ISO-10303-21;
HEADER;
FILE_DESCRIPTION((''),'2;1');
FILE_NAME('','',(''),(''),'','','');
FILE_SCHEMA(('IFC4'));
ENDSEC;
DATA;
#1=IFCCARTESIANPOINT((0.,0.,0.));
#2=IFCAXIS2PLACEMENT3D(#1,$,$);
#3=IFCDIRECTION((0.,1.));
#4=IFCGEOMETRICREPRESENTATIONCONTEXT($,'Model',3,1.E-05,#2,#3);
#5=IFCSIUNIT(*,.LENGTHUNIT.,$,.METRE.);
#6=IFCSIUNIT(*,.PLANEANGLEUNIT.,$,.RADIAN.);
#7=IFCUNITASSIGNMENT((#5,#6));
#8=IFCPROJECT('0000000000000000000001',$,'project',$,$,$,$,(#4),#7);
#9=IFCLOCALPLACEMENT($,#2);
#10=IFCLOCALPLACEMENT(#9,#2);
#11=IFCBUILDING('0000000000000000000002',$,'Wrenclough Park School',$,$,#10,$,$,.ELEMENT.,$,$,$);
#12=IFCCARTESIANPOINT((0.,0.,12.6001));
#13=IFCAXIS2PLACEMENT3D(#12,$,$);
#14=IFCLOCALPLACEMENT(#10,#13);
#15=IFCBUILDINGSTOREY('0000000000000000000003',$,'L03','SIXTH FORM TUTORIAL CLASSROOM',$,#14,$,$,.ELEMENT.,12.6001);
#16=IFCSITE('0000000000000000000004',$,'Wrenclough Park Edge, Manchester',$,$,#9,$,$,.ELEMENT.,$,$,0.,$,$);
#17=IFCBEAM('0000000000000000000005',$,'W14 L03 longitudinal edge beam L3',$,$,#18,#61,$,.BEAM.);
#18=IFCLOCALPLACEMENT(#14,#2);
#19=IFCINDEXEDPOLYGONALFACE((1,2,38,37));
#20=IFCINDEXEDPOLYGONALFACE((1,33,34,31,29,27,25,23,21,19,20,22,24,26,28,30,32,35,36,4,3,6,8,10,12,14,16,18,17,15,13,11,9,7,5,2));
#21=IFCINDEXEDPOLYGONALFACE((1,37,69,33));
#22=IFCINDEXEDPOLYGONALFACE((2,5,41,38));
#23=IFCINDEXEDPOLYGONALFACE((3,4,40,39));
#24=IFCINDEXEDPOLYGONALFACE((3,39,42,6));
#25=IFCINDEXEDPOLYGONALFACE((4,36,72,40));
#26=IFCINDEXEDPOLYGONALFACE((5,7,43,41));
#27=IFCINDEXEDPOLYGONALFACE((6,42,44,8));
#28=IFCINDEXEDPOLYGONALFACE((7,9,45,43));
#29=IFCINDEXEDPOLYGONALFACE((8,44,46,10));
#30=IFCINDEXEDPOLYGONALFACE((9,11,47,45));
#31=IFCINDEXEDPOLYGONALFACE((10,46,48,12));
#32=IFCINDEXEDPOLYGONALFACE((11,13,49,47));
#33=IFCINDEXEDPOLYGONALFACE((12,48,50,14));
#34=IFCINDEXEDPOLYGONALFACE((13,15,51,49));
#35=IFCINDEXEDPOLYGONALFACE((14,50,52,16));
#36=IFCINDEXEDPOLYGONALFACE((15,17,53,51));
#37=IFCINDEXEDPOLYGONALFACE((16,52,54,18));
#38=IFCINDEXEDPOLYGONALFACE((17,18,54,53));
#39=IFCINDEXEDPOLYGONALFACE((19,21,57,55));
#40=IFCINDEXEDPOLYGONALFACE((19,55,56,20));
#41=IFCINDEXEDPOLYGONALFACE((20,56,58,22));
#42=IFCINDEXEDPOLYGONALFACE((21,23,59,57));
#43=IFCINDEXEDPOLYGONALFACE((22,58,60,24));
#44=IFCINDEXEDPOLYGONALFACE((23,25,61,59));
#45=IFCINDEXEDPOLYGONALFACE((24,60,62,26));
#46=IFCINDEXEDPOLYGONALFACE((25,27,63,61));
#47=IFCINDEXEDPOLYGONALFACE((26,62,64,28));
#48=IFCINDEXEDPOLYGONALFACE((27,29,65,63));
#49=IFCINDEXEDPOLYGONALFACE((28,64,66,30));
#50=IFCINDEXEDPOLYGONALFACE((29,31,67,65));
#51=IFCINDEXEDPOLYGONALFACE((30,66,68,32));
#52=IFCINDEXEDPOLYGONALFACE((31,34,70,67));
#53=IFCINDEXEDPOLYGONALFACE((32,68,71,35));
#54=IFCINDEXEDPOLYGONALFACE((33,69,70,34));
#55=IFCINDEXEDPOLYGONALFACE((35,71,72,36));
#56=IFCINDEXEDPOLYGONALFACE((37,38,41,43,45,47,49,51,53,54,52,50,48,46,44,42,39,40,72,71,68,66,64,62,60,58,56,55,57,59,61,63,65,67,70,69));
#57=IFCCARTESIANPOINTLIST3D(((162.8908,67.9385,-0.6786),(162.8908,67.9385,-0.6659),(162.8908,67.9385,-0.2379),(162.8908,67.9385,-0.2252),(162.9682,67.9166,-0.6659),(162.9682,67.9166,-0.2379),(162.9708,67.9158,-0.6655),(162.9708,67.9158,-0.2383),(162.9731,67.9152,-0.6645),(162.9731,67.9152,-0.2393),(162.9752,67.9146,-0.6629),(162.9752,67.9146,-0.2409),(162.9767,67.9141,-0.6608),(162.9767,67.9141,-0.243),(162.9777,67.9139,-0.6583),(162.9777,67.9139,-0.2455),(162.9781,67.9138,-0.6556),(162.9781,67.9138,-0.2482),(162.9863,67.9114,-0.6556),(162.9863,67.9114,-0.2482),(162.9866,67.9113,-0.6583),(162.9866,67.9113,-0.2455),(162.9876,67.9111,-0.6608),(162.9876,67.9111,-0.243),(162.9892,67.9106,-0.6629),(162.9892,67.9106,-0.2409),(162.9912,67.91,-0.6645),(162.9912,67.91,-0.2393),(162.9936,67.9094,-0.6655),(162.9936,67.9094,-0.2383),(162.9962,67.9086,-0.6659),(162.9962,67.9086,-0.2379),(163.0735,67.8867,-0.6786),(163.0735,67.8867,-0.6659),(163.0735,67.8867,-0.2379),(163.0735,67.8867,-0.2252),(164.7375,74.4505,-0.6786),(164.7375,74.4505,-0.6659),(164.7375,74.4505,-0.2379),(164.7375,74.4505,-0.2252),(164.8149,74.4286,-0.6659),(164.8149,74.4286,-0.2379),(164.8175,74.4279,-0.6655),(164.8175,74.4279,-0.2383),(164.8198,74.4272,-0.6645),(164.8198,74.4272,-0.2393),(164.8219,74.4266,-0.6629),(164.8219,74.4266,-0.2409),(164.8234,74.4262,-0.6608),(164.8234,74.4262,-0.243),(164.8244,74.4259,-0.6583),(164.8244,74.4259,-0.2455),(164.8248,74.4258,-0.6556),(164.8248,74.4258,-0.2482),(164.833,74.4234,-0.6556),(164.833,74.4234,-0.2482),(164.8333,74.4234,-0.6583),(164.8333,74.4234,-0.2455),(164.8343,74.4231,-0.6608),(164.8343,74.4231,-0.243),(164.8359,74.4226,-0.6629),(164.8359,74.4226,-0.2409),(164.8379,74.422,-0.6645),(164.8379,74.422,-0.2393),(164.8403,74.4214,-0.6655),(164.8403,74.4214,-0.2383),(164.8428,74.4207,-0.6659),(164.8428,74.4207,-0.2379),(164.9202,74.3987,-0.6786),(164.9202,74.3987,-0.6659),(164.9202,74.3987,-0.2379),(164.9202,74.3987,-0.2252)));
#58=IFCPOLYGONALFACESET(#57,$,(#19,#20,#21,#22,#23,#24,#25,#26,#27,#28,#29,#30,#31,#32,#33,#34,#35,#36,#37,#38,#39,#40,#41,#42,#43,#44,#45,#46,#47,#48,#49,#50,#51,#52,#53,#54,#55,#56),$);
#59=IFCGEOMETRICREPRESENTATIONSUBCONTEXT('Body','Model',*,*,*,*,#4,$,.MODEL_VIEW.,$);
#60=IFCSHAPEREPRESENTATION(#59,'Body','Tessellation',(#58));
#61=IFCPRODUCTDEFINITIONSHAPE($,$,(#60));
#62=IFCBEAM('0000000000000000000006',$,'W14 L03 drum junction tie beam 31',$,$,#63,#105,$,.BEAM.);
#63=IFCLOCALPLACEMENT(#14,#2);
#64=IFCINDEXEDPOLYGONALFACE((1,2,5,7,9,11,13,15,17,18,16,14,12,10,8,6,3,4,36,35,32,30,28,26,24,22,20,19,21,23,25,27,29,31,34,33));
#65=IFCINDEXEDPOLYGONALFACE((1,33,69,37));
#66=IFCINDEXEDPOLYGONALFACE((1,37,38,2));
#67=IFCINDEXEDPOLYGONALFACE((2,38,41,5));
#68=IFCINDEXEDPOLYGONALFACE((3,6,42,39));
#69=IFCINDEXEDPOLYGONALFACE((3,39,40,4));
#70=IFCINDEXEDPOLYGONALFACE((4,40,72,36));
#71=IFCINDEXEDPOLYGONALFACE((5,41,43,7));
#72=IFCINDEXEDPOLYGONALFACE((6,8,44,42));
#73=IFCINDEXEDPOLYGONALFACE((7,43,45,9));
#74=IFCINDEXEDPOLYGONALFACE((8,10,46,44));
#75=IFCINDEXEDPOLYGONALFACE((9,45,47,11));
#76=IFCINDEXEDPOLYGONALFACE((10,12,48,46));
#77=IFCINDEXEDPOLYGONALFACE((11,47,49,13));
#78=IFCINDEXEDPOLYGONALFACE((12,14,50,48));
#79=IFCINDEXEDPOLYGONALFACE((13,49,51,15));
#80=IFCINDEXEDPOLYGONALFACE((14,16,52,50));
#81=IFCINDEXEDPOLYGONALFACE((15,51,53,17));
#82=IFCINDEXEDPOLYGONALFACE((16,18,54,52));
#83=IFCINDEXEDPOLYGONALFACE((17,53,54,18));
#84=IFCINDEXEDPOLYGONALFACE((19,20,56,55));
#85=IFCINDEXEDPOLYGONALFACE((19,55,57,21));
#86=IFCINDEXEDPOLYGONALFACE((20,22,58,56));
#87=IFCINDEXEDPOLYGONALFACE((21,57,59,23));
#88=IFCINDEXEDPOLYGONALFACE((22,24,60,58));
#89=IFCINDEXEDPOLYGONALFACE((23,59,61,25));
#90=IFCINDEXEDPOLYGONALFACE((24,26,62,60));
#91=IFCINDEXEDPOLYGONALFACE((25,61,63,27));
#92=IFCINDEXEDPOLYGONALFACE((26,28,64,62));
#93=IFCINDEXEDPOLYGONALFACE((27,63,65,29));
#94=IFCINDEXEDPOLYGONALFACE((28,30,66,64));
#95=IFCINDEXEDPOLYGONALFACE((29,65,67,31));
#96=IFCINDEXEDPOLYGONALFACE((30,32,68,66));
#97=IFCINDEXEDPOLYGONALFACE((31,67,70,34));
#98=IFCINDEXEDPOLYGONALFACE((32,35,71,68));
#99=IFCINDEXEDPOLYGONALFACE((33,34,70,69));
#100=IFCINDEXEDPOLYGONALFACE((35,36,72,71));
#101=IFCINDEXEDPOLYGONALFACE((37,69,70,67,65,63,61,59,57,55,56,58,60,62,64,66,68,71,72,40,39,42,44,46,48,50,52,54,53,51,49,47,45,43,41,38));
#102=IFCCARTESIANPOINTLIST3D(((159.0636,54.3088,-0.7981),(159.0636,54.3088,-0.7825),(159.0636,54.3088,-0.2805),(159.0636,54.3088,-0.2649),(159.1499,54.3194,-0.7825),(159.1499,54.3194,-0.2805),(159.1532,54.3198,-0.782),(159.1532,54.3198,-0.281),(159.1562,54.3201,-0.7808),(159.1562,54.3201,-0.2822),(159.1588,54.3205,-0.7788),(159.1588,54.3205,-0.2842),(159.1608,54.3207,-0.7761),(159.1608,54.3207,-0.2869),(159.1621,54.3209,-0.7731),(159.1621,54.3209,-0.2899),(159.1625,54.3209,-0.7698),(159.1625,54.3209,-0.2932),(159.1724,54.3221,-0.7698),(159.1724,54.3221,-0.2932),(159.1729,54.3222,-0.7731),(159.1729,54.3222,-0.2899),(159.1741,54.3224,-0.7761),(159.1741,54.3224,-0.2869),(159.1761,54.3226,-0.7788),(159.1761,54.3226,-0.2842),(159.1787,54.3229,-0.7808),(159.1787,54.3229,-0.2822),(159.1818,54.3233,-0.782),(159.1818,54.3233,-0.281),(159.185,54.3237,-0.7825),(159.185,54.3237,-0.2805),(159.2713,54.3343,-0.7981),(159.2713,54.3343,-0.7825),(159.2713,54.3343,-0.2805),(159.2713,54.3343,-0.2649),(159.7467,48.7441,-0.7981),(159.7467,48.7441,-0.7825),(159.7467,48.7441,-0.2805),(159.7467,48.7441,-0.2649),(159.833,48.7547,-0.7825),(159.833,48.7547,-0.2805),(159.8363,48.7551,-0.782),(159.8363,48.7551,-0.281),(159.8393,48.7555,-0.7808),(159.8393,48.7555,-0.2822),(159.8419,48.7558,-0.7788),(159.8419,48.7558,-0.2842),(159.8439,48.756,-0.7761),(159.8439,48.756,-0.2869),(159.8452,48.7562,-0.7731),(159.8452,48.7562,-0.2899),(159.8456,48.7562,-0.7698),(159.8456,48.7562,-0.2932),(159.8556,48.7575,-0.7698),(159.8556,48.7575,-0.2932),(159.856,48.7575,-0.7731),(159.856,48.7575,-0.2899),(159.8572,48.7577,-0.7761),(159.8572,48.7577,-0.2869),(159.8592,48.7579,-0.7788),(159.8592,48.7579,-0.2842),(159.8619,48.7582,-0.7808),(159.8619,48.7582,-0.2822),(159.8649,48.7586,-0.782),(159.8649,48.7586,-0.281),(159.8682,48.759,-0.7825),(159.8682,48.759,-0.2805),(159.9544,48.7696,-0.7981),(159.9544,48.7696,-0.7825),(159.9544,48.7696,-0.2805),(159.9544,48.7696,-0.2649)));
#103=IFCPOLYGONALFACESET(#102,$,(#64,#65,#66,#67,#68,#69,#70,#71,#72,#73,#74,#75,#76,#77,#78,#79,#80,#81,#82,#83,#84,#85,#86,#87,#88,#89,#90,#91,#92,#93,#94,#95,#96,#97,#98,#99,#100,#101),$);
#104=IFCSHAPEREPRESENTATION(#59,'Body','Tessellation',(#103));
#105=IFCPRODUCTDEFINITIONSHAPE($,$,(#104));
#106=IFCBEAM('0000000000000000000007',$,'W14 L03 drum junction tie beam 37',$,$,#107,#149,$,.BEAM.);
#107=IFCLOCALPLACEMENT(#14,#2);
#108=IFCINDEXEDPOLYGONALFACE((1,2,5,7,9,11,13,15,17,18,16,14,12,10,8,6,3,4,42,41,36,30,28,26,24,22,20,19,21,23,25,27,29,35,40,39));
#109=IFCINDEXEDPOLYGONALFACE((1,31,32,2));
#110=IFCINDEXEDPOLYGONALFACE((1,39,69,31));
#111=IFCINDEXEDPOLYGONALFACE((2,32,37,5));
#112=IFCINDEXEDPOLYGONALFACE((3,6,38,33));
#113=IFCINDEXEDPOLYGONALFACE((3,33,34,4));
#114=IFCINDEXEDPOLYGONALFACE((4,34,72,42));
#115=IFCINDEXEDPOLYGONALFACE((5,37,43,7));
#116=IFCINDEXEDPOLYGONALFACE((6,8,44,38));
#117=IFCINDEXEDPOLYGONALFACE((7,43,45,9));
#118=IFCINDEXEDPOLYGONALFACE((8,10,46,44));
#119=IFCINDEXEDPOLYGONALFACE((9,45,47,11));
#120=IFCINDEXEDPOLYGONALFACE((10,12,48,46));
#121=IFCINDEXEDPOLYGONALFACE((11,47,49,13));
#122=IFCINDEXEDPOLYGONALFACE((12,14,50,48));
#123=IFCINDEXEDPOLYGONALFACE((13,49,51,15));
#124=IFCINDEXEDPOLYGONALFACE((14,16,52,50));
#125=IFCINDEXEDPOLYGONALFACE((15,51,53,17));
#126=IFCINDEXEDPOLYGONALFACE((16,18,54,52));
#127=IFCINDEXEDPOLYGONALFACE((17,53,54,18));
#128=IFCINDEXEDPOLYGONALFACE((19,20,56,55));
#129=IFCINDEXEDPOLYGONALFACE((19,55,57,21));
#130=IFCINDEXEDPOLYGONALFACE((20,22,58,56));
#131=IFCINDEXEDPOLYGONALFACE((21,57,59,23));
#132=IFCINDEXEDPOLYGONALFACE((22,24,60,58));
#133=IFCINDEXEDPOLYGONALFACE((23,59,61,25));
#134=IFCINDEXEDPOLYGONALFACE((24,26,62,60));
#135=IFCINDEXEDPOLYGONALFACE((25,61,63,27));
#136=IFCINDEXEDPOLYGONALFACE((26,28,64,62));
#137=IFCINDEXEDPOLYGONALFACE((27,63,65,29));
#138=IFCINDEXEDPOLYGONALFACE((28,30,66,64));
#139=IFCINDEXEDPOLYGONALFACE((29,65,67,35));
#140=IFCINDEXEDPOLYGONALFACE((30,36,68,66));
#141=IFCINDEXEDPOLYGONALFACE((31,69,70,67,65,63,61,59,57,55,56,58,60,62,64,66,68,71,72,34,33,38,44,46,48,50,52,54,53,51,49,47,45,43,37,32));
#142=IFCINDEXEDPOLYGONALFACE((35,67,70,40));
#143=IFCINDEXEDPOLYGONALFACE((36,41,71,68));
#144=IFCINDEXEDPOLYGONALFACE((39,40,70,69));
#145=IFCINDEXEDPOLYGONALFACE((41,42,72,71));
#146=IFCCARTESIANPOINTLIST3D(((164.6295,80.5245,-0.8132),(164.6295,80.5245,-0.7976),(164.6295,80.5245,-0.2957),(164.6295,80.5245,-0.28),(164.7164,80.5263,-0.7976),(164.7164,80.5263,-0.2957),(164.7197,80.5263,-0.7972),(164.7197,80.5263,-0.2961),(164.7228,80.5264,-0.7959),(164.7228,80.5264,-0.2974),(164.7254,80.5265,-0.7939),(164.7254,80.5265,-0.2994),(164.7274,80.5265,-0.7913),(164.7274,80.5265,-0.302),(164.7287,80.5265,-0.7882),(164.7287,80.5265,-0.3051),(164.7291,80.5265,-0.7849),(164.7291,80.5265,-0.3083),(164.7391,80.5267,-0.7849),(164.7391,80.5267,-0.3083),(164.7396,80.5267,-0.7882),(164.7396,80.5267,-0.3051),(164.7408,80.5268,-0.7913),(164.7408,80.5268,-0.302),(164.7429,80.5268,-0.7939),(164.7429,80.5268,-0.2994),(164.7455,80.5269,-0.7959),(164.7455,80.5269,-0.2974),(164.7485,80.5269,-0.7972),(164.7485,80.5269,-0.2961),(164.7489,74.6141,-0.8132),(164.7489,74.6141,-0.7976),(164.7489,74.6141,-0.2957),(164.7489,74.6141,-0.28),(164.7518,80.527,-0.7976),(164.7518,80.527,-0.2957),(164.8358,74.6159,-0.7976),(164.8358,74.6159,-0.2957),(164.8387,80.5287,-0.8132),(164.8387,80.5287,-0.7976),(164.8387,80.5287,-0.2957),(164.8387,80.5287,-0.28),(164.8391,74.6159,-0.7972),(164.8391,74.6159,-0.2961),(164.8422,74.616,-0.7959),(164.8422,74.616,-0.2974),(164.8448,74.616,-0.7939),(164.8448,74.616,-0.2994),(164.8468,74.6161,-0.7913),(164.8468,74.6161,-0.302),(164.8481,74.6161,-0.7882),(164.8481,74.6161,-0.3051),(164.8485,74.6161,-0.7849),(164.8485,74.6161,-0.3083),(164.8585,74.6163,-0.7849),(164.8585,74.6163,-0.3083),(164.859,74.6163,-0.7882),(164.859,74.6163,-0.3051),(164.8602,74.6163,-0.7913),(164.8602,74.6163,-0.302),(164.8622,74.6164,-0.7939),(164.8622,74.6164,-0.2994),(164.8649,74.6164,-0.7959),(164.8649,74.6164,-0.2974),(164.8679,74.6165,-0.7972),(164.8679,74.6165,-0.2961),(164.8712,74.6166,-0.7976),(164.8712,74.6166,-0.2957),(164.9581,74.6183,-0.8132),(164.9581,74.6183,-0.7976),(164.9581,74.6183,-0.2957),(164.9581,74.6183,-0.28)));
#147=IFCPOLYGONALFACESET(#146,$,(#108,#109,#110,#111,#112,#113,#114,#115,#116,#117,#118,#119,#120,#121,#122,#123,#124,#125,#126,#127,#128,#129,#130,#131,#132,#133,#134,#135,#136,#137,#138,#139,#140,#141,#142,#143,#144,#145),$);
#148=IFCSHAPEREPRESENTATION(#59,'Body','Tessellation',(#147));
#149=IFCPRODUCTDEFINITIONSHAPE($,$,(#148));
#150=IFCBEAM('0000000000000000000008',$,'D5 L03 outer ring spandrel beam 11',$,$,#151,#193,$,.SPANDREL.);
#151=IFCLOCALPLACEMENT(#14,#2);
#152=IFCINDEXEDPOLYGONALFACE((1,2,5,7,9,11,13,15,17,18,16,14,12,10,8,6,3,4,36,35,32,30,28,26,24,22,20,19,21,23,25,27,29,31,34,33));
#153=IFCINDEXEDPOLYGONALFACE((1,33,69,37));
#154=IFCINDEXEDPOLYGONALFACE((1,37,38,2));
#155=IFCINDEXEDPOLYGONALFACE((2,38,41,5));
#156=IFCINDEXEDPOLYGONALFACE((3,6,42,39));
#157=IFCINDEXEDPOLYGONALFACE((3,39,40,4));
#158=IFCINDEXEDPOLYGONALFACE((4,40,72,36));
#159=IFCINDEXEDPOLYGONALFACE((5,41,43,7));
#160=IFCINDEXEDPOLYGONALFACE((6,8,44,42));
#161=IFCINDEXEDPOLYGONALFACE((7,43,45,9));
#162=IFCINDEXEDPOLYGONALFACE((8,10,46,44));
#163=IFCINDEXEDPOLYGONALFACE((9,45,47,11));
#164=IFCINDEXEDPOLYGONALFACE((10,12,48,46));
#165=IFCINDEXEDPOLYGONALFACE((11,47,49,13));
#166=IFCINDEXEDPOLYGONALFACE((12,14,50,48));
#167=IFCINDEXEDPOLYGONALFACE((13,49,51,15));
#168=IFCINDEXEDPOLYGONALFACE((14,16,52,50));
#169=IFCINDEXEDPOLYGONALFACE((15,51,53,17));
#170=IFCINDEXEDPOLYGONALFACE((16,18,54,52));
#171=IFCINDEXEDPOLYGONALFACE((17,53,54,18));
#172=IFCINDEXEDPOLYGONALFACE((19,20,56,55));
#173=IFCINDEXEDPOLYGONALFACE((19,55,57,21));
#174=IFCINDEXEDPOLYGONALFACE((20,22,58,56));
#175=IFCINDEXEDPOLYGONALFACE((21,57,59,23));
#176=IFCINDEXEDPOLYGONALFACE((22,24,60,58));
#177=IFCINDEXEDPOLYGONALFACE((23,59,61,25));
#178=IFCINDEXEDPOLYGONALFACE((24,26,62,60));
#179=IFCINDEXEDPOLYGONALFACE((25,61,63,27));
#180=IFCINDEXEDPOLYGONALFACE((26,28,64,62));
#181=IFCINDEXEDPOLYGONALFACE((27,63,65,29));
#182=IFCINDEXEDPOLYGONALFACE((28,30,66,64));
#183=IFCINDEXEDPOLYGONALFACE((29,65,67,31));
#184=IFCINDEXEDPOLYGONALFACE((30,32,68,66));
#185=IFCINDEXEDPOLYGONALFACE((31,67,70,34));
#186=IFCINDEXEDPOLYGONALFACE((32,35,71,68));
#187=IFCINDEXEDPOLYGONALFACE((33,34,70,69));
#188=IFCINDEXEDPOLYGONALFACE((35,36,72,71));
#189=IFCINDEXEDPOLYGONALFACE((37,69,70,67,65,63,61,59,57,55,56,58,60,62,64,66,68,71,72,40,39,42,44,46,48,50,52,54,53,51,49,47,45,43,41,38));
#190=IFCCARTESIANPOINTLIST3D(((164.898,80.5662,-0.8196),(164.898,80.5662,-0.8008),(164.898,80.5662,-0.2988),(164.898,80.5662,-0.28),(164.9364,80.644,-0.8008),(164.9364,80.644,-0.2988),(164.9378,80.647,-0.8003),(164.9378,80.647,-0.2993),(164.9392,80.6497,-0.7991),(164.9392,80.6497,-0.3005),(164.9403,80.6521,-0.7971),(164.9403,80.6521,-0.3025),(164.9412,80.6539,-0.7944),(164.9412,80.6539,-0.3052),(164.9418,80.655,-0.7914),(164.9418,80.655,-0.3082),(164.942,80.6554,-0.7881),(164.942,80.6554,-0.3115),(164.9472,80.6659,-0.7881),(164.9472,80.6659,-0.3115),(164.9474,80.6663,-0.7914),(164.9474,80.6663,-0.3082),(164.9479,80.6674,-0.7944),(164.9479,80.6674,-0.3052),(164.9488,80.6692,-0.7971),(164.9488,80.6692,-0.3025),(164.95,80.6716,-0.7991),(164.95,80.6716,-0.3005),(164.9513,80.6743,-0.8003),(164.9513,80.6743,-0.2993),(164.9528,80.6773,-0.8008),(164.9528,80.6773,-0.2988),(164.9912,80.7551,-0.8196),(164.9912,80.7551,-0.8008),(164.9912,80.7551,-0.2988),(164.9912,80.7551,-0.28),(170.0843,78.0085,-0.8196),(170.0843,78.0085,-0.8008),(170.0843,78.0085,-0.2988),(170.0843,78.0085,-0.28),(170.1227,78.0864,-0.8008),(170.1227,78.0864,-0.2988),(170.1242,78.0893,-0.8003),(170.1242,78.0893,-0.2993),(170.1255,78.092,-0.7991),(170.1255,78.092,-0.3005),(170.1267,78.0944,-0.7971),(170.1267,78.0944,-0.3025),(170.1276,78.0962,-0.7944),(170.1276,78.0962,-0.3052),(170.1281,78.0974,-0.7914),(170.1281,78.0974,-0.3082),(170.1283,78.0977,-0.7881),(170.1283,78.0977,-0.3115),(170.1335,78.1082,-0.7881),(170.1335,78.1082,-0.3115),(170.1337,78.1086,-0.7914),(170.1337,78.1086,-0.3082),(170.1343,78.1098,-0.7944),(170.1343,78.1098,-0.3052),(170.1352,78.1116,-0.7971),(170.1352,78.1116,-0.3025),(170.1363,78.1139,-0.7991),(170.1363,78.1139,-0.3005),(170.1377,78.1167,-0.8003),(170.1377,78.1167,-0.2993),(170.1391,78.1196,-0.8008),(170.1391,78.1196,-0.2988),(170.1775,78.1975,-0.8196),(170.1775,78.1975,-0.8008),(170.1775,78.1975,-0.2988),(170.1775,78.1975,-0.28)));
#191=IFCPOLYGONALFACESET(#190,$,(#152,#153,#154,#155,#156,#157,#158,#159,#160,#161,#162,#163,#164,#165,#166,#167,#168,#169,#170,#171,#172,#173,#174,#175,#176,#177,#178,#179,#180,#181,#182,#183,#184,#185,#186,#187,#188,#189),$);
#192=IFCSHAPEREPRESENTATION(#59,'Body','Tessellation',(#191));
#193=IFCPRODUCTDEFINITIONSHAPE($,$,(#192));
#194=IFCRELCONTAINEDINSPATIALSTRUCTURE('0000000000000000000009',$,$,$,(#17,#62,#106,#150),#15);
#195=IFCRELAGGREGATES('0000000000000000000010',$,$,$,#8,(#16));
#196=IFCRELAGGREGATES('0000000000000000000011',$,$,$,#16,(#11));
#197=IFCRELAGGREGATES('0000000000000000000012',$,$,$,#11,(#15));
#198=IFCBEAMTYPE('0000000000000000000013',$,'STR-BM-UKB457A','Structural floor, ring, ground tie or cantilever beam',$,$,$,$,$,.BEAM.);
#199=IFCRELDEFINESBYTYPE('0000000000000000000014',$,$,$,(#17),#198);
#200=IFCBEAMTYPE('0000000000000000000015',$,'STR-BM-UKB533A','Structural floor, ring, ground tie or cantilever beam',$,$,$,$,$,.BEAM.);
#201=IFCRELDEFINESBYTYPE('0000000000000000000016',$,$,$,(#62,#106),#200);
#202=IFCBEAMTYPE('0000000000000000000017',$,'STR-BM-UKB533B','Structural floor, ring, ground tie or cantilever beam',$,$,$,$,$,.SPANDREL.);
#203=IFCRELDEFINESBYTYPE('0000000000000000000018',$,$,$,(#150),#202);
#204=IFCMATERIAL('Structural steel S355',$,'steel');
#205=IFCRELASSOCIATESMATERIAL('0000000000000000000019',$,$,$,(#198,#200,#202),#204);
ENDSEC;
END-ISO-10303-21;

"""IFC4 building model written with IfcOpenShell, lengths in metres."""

from ifc_helpers import new_model, si_unit, direction, frame, origin, origin_2d, place, context, subcontext, project, spatial, i_section, extrude, material, material_profile, profile_set, type_object, element, save


model = new_model("IFC4")

# Units and contexts
model_context = context("Model", 3, precision=1e-05, world=origin(), true_north=direction((0.0, 1.0)))
body_context = subcontext(model_context, "Body", "Model", "MODEL_VIEW")
ifc_project = project(units=[si_unit("LENGTHUNIT", "METRE"), si_unit("PLANEANGLEUNIT", "RADIAN")], contexts=[model_context])

# Site, building, storey
site_placement = place(None, origin())
site = spatial("IfcSite", under=ifc_project, at=site_placement, Name="Wrenclough Park Edge, Manchester", CompositionType="ELEMENT", RefElevation=0.0)
building_placement = place(site_placement, origin())
building = spatial("IfcBuilding", under=site, at=building_placement, Name="Wrenclough Park School", CompositionType="ELEMENT")
storey_placement = place(building_placement, frame((0.0, 0.0, 12.6001)))
storey = spatial("IfcBuildingStorey", under=building, at=storey_placement, Name="L03", Description="SIXTH FORM TUTORIAL CLASSROOM", CompositionType="ELEMENT", Elevation=12.6001)

# Beams
ifc_material_1 = material(Name="Structural steel S355", Category="steel")
ifc_material_profile_1 = material_profile(ifc_material_1, i_section(OverallWidth=0.1899, OverallDepth=0.4534, WebThickness=0.0085, FlangeThickness=0.0127, FilletRadius=0.0103, at=origin_2d()), Name="UKB 457x191x67")
ifc_profile_set_1 = profile_set([ifc_material_profile_1], Name="Structural steel S355")
beam_type_1 = type_object("IfcBeamType", Name="STR-BM-UKB457A", Description="Structural floor, ring, ground tie or cantilever beam", PredefinedType="BEAM", material=ifc_profile_set_1)
for number, where, z_axis, x_axis, name in (
    (1, (162.9822, 67.9126, -0.4519), (0.272825, 0.962064, 0.0), (-0.962064, 0.272825, 0.0), "W14 L03 longitudinal edge beam L3"),
):
    element("IfcBeam", number, at=place(storey_placement, frame(where, z_axis=z_axis, x_axis=x_axis)), inside=storey, type_object=beam_type_1, Name=name, PredefinedType="BEAM", context=body_context, shape_type="SweptSolid", body=[
        extrude(i_section(OverallWidth=0.1899, OverallDepth=0.4534, WebThickness=0.0085, FlangeThickness=0.0127, FilletRadius=0.0103, at=origin_2d()), origin(), (0.0, 0.0, 1.0), 6.7688),
    ])
ifc_material_profile_2 = material_profile(ifc_material_1, i_section(OverallWidth=0.2092, OverallDepth=0.5332, WebThickness=0.01, FlangeThickness=0.0156, FilletRadius=0.0127, at=origin_2d()), Name="UKB 533x210x92")
ifc_profile_set_2 = profile_set([ifc_material_profile_2], Name="Structural steel S355")
beam_type_2 = type_object("IfcBeamType", Name="STR-BM-UKB533A", Description="Structural floor, ring, ground tie or cantilever beam", PredefinedType="BEAM", material=ifc_profile_set_2)
beam_1_placement = place(storey_placement, frame((159.1675, 54.3215, -0.5315), z_axis=(0.121842, -0.992549, 0.0), x_axis=(0.992549, 0.121842, 0.0)))
element("IfcBeam", 2, at=beam_1_placement, inside=storey, type_object=beam_type_2, Name="W14 L03 drum junction tie beam 31", PredefinedType="BEAM", context=body_context, shape_type="SweptSolid", body=[
    extrude(i_section(OverallWidth=0.2092, OverallDepth=0.5332, WebThickness=0.01, FlangeThickness=0.0156, FilletRadius=0.0127, at=origin_2d()), origin(), (0.0, 0.0, 1.0), 5.6064),
])
beam_2_placement = place(storey_placement, frame((164.8535, 74.6162, -0.5466), z_axis=(-0.020195, 0.999796, 0.0), x_axis=(-0.999796, -0.020195, 0.0)))
element("IfcBeam", 3, at=beam_2_placement, inside=storey, type_object=beam_type_2, Name="W14 L03 drum junction tie beam 37", PredefinedType="BEAM", context=body_context, shape_type="SweptSolid", body=[
    extrude(i_section(OverallWidth=0.2092, OverallDepth=0.5332, WebThickness=0.01, FlangeThickness=0.0156, FilletRadius=0.0127, at=origin_2d()), origin(), (0.0, 0.0, 1.0), 5.9116),
])
ifc_material_profile_3 = material_profile(ifc_material_1, i_section(OverallWidth=0.2107, OverallDepth=0.5396, WebThickness=0.0117, FlangeThickness=0.0188, FilletRadius=0.0127, at=origin_2d()), Name="UKB 533x210x109")
ifc_profile_set_3 = profile_set([ifc_material_profile_3], Name="Structural steel S355")
beam_type_3 = type_object("IfcBeamType", Name="STR-BM-UKB533B", Description="Structural floor, ring, ground tie or cantilever beam", PredefinedType="SPANDREL", material=ifc_profile_set_3)
beam_3_placement = place(storey_placement, frame((164.9446, 80.6606, -0.5498), z_axis=(0.896871, -0.442292, 0.0), x_axis=(0.442292, 0.896871, 0.0)))
element("IfcBeam", 4, at=beam_3_placement, inside=storey, type_object=beam_type_3, Name="D5 L03 outer ring spandrel beam 11", PredefinedType="SPANDREL", context=body_context, shape_type="SweptSolid", body=[
    extrude(i_section(OverallWidth=0.2107, OverallDepth=0.5396, WebThickness=0.0117, FlangeThickness=0.0188, FilletRadius=0.0127, at=origin_2d()), origin(), (0.0, 0.0, 1.0), 5.7827),
])

save(model, "model.ifc")
